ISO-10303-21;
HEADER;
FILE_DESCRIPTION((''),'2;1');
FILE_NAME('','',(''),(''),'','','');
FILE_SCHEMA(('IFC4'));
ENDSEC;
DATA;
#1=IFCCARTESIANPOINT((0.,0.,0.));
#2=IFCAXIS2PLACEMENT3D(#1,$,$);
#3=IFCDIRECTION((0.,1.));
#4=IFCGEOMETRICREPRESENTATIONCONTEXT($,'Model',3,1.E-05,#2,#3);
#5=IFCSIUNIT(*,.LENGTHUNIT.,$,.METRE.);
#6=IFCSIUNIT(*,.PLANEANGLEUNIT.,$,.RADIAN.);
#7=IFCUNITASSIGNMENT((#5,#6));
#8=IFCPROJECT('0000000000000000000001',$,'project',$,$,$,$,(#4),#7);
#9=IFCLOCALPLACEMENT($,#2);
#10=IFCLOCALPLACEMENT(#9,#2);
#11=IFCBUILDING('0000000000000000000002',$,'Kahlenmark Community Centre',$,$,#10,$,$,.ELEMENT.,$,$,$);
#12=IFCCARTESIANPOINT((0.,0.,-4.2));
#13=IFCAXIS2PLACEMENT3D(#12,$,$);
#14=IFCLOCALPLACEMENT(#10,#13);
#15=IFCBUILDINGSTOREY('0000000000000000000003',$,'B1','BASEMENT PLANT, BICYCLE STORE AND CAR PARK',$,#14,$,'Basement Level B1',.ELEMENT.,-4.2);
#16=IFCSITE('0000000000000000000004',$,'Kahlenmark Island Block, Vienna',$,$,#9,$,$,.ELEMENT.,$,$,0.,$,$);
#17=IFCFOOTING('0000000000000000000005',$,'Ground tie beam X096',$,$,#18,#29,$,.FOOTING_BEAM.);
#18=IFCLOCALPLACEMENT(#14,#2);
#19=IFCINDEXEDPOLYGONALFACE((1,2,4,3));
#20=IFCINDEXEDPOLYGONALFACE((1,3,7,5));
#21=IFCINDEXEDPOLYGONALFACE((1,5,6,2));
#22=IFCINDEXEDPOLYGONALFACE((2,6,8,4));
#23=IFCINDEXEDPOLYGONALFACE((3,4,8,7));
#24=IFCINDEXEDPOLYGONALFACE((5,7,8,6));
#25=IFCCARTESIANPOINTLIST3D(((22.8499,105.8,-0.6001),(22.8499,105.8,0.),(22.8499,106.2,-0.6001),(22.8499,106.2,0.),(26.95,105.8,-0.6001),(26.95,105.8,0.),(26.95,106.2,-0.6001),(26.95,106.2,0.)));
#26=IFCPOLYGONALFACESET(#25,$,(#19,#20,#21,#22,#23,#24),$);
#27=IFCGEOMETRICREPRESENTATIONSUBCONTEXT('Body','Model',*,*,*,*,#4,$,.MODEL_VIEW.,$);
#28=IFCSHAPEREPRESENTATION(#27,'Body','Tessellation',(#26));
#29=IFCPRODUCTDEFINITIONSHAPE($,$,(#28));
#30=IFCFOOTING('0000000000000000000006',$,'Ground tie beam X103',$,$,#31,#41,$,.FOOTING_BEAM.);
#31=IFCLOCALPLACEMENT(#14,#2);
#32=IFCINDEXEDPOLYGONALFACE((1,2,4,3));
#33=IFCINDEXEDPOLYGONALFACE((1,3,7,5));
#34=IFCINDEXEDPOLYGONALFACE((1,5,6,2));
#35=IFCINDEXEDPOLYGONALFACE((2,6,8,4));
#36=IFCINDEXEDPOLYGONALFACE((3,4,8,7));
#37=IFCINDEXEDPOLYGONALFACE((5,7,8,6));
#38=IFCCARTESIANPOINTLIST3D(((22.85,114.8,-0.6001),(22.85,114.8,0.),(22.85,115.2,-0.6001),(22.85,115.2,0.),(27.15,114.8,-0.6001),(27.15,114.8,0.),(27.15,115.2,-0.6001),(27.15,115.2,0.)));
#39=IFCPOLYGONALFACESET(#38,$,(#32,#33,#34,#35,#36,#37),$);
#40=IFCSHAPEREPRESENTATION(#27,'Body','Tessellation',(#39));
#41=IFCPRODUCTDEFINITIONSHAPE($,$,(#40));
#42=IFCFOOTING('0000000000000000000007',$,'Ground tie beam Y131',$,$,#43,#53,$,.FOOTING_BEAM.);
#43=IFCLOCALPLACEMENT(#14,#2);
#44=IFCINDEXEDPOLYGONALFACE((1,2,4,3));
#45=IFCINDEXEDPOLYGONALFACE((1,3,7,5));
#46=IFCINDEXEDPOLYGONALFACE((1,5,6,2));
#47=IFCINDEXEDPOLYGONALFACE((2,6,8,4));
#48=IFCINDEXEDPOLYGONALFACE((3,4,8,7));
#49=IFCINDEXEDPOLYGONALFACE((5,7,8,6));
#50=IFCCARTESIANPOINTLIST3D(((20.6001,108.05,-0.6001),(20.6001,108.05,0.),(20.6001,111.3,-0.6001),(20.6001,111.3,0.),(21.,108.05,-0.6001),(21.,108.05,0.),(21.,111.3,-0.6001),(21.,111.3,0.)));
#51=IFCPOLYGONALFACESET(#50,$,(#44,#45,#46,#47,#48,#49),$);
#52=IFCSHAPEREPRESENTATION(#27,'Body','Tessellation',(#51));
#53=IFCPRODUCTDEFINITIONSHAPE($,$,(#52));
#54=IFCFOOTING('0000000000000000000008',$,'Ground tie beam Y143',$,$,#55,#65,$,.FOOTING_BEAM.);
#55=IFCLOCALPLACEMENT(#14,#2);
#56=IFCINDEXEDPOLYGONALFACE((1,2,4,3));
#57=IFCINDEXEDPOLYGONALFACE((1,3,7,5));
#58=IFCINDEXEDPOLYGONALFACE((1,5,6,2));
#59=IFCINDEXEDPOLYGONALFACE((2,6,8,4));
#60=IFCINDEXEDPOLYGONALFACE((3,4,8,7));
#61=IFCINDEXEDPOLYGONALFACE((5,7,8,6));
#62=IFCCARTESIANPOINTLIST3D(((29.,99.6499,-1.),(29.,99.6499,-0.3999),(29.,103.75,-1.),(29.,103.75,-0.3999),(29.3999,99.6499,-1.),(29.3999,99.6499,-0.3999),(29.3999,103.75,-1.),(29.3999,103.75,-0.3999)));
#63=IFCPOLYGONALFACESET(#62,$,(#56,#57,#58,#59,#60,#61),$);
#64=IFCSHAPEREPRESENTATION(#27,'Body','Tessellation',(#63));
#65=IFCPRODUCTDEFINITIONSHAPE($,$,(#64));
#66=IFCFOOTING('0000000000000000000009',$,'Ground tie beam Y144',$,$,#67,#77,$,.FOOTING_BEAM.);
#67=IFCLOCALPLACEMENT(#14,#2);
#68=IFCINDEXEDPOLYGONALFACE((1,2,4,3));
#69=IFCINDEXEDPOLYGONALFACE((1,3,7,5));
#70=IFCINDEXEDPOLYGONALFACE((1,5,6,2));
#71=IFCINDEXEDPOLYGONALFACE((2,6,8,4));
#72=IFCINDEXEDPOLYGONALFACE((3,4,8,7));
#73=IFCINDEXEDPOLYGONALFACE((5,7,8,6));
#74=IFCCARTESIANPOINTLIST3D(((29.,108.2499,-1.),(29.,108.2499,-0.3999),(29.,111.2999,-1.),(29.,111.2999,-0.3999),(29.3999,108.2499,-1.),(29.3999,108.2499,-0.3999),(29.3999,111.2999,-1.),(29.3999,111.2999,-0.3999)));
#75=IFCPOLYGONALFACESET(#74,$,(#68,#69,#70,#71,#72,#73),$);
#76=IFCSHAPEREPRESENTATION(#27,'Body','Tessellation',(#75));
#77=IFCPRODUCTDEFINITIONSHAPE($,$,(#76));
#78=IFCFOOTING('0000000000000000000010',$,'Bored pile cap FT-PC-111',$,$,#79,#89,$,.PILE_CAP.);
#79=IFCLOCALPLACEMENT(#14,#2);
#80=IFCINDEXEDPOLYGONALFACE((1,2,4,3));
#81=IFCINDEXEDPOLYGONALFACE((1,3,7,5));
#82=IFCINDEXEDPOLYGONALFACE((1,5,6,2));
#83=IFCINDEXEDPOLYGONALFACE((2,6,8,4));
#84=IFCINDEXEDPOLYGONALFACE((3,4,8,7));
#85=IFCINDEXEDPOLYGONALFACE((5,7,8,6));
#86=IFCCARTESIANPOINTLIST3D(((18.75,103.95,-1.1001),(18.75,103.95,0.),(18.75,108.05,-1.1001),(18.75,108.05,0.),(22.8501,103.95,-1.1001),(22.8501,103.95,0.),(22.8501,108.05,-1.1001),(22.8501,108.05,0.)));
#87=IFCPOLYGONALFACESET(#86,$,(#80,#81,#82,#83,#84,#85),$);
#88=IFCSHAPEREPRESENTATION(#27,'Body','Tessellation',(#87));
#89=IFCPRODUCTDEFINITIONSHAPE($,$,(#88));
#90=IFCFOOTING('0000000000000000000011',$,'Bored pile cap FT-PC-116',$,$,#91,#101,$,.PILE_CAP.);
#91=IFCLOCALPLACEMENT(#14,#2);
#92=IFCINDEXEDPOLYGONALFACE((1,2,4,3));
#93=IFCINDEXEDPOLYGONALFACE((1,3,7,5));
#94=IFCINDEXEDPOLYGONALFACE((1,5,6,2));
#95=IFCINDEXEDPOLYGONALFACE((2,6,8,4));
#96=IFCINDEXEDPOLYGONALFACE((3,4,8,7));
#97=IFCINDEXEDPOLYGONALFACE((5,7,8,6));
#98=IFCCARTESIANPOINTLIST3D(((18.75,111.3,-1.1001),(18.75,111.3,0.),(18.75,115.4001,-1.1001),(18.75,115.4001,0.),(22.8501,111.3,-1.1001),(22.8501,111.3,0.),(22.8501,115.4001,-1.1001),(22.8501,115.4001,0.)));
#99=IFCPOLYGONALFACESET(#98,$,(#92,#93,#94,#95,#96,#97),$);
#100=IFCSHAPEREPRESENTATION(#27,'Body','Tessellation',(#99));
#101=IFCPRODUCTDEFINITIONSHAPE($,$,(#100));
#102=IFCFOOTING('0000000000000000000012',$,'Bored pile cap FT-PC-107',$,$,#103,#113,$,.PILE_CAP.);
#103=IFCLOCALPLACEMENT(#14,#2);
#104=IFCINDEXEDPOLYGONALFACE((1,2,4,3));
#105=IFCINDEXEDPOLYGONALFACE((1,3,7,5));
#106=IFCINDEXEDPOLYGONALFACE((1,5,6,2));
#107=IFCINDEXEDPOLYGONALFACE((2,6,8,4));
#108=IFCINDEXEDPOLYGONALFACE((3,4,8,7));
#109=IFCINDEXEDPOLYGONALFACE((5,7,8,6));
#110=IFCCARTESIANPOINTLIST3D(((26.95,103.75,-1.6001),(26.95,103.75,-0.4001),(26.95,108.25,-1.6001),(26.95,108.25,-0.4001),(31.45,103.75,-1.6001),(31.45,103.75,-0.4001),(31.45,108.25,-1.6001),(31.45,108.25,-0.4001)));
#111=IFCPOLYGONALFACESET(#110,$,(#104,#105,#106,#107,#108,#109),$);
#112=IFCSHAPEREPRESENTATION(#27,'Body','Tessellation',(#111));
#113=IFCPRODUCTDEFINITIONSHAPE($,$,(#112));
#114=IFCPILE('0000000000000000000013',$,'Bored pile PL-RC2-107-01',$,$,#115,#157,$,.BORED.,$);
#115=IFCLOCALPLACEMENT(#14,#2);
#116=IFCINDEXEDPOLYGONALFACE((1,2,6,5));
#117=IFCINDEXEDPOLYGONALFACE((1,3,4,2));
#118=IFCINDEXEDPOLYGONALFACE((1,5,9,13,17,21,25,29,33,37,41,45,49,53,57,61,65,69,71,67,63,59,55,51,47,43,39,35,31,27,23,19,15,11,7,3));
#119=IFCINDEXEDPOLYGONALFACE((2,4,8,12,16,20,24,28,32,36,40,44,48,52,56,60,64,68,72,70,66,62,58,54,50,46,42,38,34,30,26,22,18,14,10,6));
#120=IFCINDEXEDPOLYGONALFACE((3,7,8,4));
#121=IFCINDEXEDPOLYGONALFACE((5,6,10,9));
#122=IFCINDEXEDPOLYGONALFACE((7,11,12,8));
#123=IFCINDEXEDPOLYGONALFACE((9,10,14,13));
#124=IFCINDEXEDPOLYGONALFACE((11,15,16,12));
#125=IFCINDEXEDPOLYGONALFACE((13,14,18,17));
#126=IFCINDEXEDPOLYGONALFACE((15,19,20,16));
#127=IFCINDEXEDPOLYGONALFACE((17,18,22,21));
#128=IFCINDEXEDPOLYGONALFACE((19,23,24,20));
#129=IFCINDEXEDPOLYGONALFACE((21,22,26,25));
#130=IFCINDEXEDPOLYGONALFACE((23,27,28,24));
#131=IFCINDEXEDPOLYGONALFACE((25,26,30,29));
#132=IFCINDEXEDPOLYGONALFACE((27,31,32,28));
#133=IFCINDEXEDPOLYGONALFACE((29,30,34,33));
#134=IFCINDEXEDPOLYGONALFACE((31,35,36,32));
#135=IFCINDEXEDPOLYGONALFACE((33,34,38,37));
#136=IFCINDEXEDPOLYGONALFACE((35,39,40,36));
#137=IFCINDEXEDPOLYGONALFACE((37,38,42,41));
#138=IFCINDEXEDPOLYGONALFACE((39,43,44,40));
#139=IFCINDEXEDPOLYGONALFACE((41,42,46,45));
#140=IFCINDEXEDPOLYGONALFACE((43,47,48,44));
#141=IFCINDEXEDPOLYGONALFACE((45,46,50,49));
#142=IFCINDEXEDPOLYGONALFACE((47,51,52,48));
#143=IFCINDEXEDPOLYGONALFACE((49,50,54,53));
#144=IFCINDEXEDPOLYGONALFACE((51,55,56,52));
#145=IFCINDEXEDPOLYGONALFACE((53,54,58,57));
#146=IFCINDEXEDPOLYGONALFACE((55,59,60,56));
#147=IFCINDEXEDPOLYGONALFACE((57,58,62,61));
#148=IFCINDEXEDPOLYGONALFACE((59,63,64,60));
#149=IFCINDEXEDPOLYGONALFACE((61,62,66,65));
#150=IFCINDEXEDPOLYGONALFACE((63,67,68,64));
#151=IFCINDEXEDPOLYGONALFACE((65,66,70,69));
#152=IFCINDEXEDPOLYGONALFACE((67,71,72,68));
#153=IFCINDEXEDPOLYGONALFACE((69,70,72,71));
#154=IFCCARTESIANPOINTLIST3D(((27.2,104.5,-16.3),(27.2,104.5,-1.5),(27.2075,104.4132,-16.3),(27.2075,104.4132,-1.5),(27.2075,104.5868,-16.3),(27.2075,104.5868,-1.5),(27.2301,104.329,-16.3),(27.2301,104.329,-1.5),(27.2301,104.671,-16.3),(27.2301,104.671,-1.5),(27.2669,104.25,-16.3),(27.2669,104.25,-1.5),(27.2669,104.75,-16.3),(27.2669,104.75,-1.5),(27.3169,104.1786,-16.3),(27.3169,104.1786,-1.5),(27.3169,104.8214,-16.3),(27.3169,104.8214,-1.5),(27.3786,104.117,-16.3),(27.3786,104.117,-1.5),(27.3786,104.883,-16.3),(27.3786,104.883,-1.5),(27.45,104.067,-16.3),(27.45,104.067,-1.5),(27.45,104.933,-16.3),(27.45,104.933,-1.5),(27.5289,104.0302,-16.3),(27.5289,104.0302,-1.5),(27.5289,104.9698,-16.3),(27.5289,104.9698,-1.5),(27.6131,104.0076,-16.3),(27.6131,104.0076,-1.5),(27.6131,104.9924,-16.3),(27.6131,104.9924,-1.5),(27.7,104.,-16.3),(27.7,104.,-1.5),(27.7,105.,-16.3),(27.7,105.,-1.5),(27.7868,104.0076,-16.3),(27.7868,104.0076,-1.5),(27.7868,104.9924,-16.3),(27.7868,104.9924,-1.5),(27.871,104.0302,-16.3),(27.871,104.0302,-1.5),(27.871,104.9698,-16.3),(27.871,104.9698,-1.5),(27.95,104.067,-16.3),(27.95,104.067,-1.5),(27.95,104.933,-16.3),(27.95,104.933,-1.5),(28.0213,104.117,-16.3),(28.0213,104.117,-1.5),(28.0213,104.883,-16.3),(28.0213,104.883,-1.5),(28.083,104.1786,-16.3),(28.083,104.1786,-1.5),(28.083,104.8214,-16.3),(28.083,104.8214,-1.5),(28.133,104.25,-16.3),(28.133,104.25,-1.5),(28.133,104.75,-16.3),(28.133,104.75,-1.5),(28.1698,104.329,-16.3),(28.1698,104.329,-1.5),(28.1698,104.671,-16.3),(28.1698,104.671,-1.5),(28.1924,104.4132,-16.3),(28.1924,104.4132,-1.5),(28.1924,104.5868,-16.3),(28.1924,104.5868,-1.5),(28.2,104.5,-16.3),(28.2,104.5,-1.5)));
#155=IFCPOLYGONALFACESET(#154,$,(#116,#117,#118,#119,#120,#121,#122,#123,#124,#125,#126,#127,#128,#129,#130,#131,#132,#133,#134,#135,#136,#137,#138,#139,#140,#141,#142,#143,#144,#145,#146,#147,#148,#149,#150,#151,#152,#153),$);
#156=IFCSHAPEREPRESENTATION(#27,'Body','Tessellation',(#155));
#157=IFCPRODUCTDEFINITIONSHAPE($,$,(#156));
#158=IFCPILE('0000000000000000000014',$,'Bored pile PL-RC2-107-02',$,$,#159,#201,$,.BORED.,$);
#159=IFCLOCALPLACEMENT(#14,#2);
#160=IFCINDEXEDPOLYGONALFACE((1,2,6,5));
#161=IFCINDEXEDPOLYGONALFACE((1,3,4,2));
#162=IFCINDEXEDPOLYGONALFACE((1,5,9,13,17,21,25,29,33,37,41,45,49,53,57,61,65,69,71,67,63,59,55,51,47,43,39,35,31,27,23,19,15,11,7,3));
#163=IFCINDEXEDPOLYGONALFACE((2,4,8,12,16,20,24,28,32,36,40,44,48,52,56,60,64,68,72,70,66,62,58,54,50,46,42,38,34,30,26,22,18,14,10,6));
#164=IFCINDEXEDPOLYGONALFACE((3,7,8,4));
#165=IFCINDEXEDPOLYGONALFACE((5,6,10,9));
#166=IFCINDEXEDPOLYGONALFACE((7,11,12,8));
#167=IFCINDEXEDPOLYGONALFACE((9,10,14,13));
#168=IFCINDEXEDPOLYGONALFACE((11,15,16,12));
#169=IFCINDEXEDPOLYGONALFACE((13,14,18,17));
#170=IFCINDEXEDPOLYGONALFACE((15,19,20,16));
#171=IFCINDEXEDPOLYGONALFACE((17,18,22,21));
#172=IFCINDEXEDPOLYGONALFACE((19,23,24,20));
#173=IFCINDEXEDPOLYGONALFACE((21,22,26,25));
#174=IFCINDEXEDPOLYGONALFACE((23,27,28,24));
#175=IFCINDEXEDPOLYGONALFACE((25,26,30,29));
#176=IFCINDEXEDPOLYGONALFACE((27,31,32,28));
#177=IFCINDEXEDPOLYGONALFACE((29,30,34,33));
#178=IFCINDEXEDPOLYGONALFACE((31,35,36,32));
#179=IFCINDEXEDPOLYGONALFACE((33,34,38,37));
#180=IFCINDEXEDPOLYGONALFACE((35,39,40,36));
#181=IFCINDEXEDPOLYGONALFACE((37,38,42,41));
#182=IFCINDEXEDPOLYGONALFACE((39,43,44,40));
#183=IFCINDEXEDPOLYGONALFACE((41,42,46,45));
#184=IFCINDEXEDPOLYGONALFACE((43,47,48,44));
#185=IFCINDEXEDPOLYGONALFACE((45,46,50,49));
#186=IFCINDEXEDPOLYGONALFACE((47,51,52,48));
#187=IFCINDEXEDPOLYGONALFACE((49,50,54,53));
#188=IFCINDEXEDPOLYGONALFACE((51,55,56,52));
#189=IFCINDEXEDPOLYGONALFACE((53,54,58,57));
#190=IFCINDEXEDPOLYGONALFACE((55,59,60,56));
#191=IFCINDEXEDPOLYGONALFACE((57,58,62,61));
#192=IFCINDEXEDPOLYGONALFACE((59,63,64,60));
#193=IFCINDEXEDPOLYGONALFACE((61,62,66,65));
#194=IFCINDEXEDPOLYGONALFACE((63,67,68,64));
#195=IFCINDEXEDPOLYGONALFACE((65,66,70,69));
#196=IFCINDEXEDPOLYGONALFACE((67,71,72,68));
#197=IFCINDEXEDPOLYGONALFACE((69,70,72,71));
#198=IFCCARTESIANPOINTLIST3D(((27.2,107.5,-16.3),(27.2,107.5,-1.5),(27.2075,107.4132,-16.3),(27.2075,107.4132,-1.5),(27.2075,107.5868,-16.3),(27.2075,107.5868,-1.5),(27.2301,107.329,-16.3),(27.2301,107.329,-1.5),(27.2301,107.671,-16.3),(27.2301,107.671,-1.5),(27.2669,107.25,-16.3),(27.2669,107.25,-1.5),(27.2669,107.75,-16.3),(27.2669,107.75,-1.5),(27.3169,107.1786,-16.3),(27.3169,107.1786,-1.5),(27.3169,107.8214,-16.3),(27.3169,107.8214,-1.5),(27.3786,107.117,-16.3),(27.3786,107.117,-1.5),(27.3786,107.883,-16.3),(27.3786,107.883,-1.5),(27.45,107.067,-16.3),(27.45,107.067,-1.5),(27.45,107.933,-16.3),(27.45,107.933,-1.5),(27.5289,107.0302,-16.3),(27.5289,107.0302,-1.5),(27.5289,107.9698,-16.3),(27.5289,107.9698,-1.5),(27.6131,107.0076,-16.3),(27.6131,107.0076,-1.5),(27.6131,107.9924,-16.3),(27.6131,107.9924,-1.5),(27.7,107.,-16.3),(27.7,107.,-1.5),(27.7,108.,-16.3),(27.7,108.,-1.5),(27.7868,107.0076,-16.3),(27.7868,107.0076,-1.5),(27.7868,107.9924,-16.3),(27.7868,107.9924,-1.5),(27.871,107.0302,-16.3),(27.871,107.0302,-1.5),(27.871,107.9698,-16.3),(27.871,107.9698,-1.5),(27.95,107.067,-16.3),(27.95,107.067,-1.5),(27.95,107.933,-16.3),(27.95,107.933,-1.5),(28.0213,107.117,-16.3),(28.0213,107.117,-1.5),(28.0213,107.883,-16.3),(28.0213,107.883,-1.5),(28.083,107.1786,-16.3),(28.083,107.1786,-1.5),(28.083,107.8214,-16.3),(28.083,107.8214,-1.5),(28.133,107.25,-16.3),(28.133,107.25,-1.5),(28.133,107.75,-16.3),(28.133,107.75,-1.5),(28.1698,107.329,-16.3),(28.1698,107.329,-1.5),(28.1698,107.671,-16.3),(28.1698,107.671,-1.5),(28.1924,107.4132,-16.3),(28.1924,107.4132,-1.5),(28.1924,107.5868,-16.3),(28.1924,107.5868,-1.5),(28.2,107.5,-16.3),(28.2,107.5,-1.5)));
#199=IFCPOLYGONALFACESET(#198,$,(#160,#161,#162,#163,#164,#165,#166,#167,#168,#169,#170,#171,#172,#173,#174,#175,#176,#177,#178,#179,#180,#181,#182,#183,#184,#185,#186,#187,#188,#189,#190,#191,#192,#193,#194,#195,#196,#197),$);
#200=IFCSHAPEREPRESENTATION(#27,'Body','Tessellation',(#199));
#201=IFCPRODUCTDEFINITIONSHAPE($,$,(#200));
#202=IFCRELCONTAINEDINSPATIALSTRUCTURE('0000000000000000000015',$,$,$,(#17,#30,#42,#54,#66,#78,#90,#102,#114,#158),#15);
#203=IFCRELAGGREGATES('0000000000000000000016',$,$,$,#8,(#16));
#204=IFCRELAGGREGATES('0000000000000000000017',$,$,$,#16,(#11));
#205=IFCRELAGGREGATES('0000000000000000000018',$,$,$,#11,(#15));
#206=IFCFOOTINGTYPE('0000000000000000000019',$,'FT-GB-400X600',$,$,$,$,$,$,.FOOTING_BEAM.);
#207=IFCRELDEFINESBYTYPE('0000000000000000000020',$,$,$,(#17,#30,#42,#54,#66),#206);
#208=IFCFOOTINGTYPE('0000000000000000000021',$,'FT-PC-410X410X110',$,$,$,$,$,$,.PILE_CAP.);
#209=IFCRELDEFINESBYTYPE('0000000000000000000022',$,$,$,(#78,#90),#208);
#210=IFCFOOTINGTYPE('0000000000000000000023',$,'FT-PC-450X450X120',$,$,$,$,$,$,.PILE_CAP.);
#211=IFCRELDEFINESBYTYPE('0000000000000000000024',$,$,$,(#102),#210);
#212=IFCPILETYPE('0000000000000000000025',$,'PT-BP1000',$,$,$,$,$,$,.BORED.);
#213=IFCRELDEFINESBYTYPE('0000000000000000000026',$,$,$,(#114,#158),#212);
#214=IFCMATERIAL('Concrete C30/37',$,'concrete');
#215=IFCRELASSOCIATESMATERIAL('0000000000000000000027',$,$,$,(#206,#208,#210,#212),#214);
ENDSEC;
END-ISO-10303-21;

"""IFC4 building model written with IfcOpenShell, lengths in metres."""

from ifc_helpers import new_model, si_unit, direction, frame, origin, origin_2d, place, context, subcontext, project, spatial, rectangle, circle, extrude, material, material_profile, profile_set, type_object, element, save


model = new_model("IFC4")

# Units and contexts
model_context = context("Model", 3, precision=1e-05, world=origin(), true_north=direction((0.0, 1.0)))
body_context = subcontext(model_context, "Body", "Model", "MODEL_VIEW")
ifc_project = project(units=[si_unit("LENGTHUNIT", "METRE"), si_unit("PLANEANGLEUNIT", "RADIAN")], contexts=[model_context])

# Site, building, storey
site_placement = place(None, origin())
site = spatial("IfcSite", under=ifc_project, at=site_placement, Name="Kahlenmark Island Block, Vienna", CompositionType="ELEMENT", RefElevation=0.0)
building_placement = place(site_placement, origin())
building = spatial("IfcBuilding", under=site, at=building_placement, Name="Kahlenmark Community Centre", CompositionType="ELEMENT")
storey_placement = place(building_placement, frame((0.0, 0.0, -4.2)))
storey = spatial("IfcBuildingStorey", under=building, at=storey_placement, Name="B1", Description="BASEMENT PLANT, BICYCLE STORE AND CAR PARK", LongName="Basement Level B1", CompositionType="ELEMENT", Elevation=-4.2)

# Footings
ifc_material_1 = material(Name="Concrete C30/37", Category="concrete")
footing_type_1 = type_object("IfcFootingType", Name="FT-GB-400X600", PredefinedType="FOOTING_BEAM", material=ifc_material_1)
footing_1_placement = place(storey_placement, frame((24.8999, 106.0, -0.6001), z_axis=(0.0, 0.0, 1.0), x_axis=(1.0, 0.0, 0.0)))
element("IfcFooting", 1, at=footing_1_placement, inside=storey, type_object=footing_type_1, Name="Ground tie beam X096", PredefinedType="FOOTING_BEAM", context=body_context, shape_type="SweptSolid", body=[
    extrude(rectangle(XDim=4.1001, YDim=0.3999, at=origin_2d()), origin(), (0.0, 0.0, 1.0), 0.6001),
])
footing_2_placement = place(storey_placement, frame((25.0, 115.0, -0.6001), z_axis=(0.0, 0.0, 1.0), x_axis=(1.0, 0.0, 0.0)))
element("IfcFooting", 2, at=footing_2_placement, inside=storey, type_object=footing_type_1, Name="Ground tie beam X103", PredefinedType="FOOTING_BEAM", context=body_context, shape_type="SweptSolid", body=[
    extrude(rectangle(XDim=4.3, YDim=0.3999, at=origin_2d()), origin(), (0.0, 0.0, 1.0), 0.6001),
])
footing_3_placement = place(storey_placement, frame((20.8, 109.675, -0.6001), z_axis=(0.0, 0.0, 1.0), x_axis=(1.0, 0.0, 0.0)))
element("IfcFooting", 3, at=footing_3_placement, inside=storey, type_object=footing_type_1, Name="Ground tie beam Y131", PredefinedType="FOOTING_BEAM", context=body_context, shape_type="SweptSolid", body=[
    extrude(rectangle(XDim=0.3999, YDim=3.25, at=origin_2d()), origin(), (0.0, 0.0, 1.0), 0.6001),
])
footing_4_placement = place(storey_placement, frame((29.2, 101.7, -1.0), z_axis=(0.0, 0.0, 1.0), x_axis=(1.0, 0.0, 0.0)))
element("IfcFooting", 4, at=footing_4_placement, inside=storey, type_object=footing_type_1, Name="Ground tie beam Y143", PredefinedType="FOOTING_BEAM", context=body_context, shape_type="SweptSolid", body=[
    extrude(rectangle(XDim=0.3999, YDim=4.1001, at=origin_2d()), origin(), (0.0, 0.0, 1.0), 0.6001),
])
footing_5_placement = place(storey_placement, frame((29.2, 109.7749, -1.0), z_axis=(0.0, 0.0, 1.0), x_axis=(1.0, 0.0, 0.0)))
element("IfcFooting", 5, at=footing_5_placement, inside=storey, type_object=footing_type_1, Name="Ground tie beam Y144", PredefinedType="FOOTING_BEAM", context=body_context, shape_type="SweptSolid", body=[
    extrude(rectangle(XDim=0.3999, YDim=3.05, at=origin_2d()), origin(), (0.0, 0.0, 1.0), 0.6001),
])
footing_type_2 = type_object("IfcFootingType", Name="FT-PC-410X410X110", PredefinedType="PILE_CAP", material=ifc_material_1)
for number, where, z_axis, x_axis, name in (
    (6, (20.8, 106.0, -1.1001), (0.0, 0.0, 1.0), (1.0, 0.0, 0.0), "Bored pile cap FT-PC-111"),
    (7, (20.8, 113.3501, -1.1001), (0.0, 0.0, 1.0), (1.0, 0.0, 0.0), "Bored pile cap FT-PC-116"),
):
    element("IfcFooting", number, at=place(storey_placement, frame(where, z_axis=z_axis, x_axis=x_axis)), inside=storey, type_object=footing_type_2, Name=name, PredefinedType="PILE_CAP", context=body_context, shape_type="SweptSolid", body=[
        extrude(rectangle(XDim=4.1001, YDim=4.1001, at=origin_2d()), origin(), (0.0, 0.0, 1.0), 1.1001),
    ])
footing_type_3 = type_object("IfcFootingType", Name="FT-PC-450X450X120", PredefinedType="PILE_CAP", material=ifc_material_1)
footing_6_placement = place(storey_placement, frame((29.2, 106.0, -1.6001), z_axis=(0.0, 0.0, 1.0), x_axis=(1.0, 0.0, 0.0)))
element("IfcFooting", 8, at=footing_6_placement, inside=storey, type_object=footing_type_3, Name="Bored pile cap FT-PC-107", PredefinedType="PILE_CAP", context=body_context, shape_type="SweptSolid", body=[
    extrude(rectangle(XDim=4.5, YDim=4.5, at=origin_2d()), origin(), (0.0, 0.0, 1.0), 1.2),
])

# Piles
ifc_material_profile_1 = material_profile(ifc_material_1, circle(Radius=0.5, at=origin_2d()), Name="BORED PILE 1000")
ifc_profile_set_1 = profile_set([ifc_material_profile_1], Name="Concrete C30/37")
pile_type_1 = type_object("IfcPileType", Name="PT-BP1000", PredefinedType="BORED", material=ifc_profile_set_1)
for number, where, z_axis, x_axis, name in (
    (9, (27.7, 104.5, -1.5), (0.0, 0.0, -1.0), (1.0, 0.0, 0.0), "Bored pile PL-RC2-107-01"),
    (10, (27.7, 107.5, -1.5), (0.0, 0.0, -1.0), (1.0, 0.0, 0.0), "Bored pile PL-RC2-107-02"),
):
    element("IfcPile", number, at=place(storey_placement, frame(where, z_axis=z_axis, x_axis=x_axis)), inside=storey, type_object=pile_type_1, Name=name, PredefinedType="BORED", context=body_context, shape_type="SweptSolid", body=[
        extrude(circle(Radius=0.5, at=origin_2d()), origin(), (0.0, 0.0, 1.0), 14.8),
    ])

save(model, "model.ifc")
